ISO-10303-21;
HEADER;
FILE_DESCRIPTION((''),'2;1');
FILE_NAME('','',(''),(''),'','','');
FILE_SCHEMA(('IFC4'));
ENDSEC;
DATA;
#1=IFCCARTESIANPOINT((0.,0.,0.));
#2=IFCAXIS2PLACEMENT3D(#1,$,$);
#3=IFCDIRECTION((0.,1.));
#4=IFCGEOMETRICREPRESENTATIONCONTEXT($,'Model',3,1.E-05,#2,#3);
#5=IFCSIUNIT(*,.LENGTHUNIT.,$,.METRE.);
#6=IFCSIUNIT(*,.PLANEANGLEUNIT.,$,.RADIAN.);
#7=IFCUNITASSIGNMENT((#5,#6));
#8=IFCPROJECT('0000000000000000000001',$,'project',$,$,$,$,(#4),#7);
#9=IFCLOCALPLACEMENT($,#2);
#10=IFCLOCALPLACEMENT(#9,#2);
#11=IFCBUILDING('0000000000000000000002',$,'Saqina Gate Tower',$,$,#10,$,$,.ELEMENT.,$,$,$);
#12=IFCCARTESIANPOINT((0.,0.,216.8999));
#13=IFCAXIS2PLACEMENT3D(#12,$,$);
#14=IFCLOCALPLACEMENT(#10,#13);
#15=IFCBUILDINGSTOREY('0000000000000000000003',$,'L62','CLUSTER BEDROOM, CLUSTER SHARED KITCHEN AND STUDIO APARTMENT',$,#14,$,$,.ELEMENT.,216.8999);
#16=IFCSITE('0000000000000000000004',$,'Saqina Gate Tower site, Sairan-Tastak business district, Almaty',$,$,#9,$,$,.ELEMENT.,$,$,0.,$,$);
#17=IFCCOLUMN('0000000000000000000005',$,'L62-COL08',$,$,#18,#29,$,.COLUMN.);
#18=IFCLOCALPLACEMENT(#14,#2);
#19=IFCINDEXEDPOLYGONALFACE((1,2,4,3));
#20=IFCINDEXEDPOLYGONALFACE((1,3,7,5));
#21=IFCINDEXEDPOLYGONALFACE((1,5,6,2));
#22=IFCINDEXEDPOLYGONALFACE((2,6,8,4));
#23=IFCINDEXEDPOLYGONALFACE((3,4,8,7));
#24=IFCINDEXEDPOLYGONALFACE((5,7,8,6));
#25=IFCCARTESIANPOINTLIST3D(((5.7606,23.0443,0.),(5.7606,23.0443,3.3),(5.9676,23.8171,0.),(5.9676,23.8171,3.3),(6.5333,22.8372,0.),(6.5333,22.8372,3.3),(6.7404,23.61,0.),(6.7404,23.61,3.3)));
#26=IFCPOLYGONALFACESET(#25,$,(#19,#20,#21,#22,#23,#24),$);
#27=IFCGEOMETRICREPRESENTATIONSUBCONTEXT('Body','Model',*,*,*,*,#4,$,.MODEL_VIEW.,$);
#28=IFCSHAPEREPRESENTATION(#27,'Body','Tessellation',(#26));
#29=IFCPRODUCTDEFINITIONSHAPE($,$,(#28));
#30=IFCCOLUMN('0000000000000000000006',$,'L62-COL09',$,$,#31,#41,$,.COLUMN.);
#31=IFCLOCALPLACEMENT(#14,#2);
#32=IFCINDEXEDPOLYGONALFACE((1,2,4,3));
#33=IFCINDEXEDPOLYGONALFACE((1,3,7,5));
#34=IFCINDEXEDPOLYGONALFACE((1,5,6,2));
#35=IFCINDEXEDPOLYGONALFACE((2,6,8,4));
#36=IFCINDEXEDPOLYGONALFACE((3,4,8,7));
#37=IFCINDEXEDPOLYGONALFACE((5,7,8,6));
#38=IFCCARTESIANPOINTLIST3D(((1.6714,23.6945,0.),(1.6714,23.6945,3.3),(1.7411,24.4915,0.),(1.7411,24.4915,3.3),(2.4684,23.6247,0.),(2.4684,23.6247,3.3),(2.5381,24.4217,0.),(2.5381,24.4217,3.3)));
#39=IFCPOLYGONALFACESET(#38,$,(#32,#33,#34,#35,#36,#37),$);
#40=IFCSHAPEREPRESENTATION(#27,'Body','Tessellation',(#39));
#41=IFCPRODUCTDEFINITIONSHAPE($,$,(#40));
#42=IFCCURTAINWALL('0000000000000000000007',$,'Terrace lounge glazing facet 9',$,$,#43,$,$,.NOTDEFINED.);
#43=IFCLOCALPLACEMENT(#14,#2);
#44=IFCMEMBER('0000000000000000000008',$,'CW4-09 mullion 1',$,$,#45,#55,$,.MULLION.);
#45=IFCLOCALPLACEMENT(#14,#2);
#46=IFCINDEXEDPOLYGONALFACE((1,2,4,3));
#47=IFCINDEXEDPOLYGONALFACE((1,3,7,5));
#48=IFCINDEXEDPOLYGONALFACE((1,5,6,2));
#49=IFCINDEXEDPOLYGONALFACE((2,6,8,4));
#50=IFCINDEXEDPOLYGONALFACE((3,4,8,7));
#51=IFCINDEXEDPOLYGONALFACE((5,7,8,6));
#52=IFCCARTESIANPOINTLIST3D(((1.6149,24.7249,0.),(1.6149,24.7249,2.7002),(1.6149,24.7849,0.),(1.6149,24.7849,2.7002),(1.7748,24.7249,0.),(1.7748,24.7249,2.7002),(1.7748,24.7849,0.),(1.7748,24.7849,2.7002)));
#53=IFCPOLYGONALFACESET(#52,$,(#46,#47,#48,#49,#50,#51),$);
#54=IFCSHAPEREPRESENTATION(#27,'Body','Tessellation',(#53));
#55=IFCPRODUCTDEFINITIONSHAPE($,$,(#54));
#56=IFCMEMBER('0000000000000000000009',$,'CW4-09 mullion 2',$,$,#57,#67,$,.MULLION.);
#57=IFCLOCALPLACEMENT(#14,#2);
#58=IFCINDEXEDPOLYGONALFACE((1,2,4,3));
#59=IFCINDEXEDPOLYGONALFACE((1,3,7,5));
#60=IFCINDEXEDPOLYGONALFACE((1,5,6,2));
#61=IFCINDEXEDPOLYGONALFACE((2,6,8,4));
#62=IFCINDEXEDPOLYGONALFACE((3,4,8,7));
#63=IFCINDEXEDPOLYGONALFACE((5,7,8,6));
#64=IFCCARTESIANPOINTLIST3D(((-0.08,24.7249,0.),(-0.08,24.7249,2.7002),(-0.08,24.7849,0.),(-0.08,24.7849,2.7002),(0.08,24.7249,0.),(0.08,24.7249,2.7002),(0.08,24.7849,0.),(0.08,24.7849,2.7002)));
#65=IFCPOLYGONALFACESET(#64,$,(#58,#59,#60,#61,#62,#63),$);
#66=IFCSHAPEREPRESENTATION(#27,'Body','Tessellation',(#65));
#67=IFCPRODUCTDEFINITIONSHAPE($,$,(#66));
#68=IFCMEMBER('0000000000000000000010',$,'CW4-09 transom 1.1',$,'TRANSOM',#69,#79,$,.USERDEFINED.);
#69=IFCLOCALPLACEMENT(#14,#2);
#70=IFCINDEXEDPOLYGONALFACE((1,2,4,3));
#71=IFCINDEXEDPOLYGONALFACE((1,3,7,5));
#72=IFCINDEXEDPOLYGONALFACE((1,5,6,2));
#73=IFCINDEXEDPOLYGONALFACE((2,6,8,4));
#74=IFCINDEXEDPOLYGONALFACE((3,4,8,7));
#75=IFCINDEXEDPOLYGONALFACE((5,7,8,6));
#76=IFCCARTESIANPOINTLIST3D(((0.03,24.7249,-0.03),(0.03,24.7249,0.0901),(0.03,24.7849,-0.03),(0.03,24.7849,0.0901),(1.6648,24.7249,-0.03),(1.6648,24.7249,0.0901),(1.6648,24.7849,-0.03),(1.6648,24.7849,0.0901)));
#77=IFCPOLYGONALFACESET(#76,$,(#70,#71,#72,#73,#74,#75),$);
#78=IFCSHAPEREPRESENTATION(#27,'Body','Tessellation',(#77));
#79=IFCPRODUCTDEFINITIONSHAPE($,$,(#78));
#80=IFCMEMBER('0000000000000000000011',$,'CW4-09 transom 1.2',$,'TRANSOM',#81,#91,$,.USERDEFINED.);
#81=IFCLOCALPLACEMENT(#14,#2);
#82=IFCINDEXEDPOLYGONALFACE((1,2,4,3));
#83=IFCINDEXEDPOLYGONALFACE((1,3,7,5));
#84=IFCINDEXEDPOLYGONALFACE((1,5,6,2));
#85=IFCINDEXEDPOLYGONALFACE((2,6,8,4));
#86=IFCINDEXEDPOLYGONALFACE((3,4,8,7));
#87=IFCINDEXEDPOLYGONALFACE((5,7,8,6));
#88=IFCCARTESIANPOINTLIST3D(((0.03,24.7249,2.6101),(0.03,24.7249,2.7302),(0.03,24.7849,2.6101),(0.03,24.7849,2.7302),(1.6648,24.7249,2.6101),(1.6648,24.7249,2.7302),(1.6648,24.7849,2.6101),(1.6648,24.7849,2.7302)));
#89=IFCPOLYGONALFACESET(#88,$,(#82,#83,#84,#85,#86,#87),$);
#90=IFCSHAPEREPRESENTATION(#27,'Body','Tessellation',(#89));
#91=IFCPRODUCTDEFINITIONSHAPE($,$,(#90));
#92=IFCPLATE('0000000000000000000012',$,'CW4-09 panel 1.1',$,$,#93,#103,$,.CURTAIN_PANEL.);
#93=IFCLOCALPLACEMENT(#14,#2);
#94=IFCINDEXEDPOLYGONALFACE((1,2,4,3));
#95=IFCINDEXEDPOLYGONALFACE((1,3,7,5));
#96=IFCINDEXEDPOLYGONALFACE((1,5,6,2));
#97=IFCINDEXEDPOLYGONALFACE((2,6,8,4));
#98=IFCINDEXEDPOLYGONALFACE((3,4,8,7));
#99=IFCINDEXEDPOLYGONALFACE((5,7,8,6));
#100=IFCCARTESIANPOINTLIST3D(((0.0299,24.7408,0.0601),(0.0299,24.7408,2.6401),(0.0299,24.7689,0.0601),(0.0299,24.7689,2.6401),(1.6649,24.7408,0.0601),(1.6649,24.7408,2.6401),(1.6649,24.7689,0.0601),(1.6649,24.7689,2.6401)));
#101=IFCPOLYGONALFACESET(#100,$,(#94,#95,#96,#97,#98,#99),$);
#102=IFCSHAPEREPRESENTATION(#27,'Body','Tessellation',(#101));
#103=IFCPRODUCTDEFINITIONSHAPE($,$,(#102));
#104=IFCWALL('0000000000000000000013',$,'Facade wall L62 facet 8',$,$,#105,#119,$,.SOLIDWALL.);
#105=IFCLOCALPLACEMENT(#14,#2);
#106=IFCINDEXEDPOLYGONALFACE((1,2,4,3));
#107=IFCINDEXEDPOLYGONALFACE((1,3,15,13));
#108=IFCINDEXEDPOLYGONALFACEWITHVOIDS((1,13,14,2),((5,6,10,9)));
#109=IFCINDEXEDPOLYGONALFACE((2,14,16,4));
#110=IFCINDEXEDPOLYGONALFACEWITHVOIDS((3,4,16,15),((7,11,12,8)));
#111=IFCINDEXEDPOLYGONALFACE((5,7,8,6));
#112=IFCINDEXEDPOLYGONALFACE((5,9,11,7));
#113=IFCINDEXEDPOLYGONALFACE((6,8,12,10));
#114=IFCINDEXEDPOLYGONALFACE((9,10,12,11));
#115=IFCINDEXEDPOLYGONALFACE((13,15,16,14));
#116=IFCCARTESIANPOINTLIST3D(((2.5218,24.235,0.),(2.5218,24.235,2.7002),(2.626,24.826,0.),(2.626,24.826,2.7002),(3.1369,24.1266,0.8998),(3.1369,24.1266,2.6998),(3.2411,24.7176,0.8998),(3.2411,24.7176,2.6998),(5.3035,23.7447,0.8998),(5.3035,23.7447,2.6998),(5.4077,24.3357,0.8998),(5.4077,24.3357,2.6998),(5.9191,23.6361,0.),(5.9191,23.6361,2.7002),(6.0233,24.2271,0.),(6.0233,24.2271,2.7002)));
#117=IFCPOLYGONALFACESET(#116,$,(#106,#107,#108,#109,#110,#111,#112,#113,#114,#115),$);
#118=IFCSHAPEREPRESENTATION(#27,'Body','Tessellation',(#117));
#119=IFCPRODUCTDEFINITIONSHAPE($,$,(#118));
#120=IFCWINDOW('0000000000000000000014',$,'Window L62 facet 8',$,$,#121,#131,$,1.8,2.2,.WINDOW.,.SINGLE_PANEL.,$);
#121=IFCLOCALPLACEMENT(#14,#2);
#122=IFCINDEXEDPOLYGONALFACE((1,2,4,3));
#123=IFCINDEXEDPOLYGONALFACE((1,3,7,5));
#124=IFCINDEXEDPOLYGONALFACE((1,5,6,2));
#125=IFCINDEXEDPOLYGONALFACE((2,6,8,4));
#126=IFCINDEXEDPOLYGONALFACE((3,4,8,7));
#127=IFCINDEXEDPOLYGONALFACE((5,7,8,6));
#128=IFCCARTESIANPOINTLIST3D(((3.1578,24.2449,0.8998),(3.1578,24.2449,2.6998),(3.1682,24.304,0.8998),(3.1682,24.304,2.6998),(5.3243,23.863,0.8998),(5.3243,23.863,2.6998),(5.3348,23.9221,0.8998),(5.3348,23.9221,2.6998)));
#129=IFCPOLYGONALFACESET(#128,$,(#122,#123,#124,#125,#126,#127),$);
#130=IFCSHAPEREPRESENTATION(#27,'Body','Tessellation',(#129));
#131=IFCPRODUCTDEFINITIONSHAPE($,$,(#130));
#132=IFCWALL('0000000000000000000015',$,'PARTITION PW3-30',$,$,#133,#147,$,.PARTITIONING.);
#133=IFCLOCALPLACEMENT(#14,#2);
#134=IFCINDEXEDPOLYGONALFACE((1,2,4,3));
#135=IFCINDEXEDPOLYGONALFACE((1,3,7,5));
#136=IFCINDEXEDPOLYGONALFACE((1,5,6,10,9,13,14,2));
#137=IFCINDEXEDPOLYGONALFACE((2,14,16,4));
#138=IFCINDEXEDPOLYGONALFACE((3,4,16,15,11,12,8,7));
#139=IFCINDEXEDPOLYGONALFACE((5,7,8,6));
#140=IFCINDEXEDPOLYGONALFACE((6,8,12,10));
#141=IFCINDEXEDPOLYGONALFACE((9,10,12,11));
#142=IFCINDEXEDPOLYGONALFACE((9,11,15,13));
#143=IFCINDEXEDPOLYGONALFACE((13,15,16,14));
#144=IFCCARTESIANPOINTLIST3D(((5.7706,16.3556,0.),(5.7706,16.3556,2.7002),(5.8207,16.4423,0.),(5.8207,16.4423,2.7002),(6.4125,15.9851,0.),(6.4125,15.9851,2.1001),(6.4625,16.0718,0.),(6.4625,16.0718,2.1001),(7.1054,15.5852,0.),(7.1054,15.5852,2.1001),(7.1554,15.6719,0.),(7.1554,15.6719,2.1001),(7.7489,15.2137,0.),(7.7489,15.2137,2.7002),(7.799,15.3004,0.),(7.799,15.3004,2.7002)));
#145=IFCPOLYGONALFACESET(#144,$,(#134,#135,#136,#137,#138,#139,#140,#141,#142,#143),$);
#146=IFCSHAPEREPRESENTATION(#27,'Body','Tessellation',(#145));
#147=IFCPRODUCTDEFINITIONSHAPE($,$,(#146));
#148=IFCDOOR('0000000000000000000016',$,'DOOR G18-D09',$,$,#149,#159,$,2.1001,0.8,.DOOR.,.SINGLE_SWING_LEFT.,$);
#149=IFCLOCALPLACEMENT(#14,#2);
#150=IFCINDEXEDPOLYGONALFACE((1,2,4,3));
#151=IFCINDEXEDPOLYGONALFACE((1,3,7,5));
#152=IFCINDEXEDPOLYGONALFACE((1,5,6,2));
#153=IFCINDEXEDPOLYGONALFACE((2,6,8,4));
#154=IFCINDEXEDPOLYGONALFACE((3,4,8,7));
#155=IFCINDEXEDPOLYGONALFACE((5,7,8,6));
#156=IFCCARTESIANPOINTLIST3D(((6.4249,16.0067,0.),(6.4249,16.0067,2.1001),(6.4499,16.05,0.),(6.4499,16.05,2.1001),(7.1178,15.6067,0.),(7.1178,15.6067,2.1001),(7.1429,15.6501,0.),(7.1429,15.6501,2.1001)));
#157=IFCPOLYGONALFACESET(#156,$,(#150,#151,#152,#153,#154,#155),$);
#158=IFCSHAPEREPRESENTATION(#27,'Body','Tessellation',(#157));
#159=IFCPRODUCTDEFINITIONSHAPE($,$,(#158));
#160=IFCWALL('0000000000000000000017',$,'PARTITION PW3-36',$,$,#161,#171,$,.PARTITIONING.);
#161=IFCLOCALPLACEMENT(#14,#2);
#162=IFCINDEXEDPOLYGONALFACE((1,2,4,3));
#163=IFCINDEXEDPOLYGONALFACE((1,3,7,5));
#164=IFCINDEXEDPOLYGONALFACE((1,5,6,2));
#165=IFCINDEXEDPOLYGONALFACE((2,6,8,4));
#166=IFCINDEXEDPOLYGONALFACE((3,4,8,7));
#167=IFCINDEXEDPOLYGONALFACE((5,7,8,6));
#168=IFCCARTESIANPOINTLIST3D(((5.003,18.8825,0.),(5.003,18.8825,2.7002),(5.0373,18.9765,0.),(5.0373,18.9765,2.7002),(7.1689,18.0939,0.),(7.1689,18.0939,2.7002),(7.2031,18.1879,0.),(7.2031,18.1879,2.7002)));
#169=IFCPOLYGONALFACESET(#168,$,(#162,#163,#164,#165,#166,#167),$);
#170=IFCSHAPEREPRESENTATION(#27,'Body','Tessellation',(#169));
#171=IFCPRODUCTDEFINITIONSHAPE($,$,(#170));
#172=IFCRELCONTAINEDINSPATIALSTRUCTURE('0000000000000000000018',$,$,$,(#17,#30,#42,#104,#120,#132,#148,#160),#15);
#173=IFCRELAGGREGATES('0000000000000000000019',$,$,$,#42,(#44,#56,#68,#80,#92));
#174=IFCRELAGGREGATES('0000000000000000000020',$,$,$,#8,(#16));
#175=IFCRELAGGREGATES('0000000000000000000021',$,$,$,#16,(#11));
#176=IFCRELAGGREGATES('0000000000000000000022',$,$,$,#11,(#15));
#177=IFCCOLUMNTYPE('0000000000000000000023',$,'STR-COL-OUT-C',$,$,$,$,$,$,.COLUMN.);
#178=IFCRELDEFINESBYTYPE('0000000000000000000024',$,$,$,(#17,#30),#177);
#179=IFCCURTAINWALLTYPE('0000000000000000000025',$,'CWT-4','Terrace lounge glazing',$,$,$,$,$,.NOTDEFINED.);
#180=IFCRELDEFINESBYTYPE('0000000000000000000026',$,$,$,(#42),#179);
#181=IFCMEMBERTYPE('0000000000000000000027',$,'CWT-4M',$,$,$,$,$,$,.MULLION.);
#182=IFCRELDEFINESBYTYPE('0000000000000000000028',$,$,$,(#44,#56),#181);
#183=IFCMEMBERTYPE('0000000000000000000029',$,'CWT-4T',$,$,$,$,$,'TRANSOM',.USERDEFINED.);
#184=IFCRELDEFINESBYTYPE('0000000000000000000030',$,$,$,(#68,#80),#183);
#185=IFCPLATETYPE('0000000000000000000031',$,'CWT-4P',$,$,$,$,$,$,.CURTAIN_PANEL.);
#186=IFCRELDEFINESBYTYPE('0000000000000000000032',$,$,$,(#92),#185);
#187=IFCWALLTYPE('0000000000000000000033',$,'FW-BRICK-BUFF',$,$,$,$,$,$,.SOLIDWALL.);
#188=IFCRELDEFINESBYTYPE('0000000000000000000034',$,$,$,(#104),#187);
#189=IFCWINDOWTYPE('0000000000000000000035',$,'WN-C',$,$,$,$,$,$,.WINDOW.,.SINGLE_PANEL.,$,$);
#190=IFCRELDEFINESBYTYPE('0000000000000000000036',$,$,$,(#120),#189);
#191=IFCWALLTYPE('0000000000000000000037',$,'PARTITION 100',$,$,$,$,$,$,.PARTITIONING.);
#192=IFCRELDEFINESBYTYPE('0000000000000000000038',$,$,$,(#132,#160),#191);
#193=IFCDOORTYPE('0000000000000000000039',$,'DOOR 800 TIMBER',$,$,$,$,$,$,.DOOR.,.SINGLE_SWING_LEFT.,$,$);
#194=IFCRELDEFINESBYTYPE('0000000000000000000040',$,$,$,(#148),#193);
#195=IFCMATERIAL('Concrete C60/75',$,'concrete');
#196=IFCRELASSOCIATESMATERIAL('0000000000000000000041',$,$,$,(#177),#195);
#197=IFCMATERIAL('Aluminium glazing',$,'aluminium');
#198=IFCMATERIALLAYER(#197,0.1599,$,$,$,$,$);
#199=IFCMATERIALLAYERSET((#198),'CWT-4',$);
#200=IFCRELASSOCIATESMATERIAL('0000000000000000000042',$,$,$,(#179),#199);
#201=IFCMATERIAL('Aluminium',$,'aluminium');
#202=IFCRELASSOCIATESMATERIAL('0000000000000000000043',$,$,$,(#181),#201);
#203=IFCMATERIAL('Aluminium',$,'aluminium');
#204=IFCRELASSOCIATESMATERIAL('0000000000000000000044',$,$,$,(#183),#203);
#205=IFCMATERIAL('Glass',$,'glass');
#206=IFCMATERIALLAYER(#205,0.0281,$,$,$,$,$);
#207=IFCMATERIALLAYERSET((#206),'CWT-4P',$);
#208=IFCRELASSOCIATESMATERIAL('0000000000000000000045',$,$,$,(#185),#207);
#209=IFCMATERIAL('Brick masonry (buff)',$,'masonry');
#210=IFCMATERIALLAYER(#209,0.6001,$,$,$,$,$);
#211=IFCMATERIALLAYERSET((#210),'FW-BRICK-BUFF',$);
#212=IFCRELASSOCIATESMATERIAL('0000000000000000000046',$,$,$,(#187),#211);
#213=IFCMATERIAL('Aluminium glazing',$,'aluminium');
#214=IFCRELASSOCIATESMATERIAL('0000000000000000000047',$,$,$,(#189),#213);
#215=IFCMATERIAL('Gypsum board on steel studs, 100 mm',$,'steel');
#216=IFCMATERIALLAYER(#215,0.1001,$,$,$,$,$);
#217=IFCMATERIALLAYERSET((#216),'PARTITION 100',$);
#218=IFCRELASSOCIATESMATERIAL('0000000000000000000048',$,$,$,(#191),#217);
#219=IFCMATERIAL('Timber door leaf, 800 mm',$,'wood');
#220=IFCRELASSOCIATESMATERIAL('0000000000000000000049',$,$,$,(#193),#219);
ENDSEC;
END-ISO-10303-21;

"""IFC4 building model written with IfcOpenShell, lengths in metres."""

from ifc_helpers import new_model, si_unit, direction, frame, frame_2d, origin, origin_2d, place, context, subcontext, project, spatial, rectangle, extrude, material, layer, layer_set, material_profile, profile_set, type_object, element, fill, aggregate, save


model = new_model("IFC4")

# Units and contexts
model_context = context("Model", 3, precision=1e-05, world=origin(), true_north=direction((0.0, 1.0)))
body_context = subcontext(model_context, "Body", "Model", "MODEL_VIEW")
ifc_project = project(units=[si_unit("LENGTHUNIT", "METRE"), si_unit("PLANEANGLEUNIT", "RADIAN")], contexts=[model_context])

# Site, building, storey
site_placement = place(None, origin())
site = spatial("IfcSite", under=ifc_project, at=site_placement, Name="Saqina Gate Tower site, Sairan-Tastak business district, Almaty", CompositionType="ELEMENT", RefElevation=0.0)
building_placement = place(site_placement, origin())
building = spatial("IfcBuilding", under=site, at=building_placement, Name="Saqina Gate Tower", CompositionType="ELEMENT")
storey_placement = place(building_placement, frame((0.0, 0.0, 216.8999)))
storey = spatial("IfcBuildingStorey", under=building, at=storey_placement, Name="L62", Description="CLUSTER BEDROOM, CLUSTER SHARED KITCHEN AND STUDIO APARTMENT", CompositionType="ELEMENT", Elevation=216.8999)

# Columns
ifc_material_1 = material(Name="Concrete C60/75", Category="concrete")
ifc_material_profile_1 = material_profile(ifc_material_1, rectangle(XDim=0.8, YDim=0.8, at=origin_2d()), Name="RC 800x800")
ifc_profile_set_1 = profile_set([ifc_material_profile_1], Name="Concrete C60/75")
column_type = type_object("IfcColumnType", Name="STR-COL-OUT-C", PredefinedType="COLUMN", material=ifc_profile_set_1)
for number, where, z_axis, x_axis, name in (
    (1, (6.2505, 23.3271, 0.0), (0.0, 0.0, 1.0), (0.258819, 0.965926, 0.0), "L62-COL08"),
    (2, (2.1047, 24.0581, 0.0), (0.0, 0.0, 1.0), (0.087156, 0.996195, 0.0), "L62-COL09"),
):
    element("IfcColumn", number, at=place(storey_placement, frame(where, z_axis=z_axis, x_axis=x_axis)), inside=storey, type_object=column_type, Name=name, PredefinedType="COLUMN", context=body_context, shape_type="SweptSolid", body=[
        extrude(rectangle(XDim=0.8, YDim=0.8, at=origin_2d()), origin(), (0.0, 0.0, 1.0), 3.3),
    ])

# Curtain wall, members, plate
ifc_material_2 = material(Name="Aluminium glazing", Category="aluminium")
ifc_layer_1 = layer(ifc_material_2, 0.1599)
ifc_layer_set_1 = layer_set([ifc_layer_1], Name="CWT-4")
curtain_wall_type = type_object("IfcCurtainWallType", Name="CWT-4", Description="Terrace lounge glazing", PredefinedType="NOTDEFINED", material=ifc_layer_set_1)
curtain_wall_placement = place(storey_placement, origin())
curtain_wall = element("IfcCurtainWall", 3, at=curtain_wall_placement, inside=storey, type_object=curtain_wall_type, Name="Terrace lounge glazing facet 9", PredefinedType="NOTDEFINED")
ifc_material_3 = material(Name="Aluminium", Category="aluminium")
ifc_material_profile_2 = material_profile(ifc_material_3, rectangle(XDim=0.0601, YDim=0.1599, at=origin_2d()), Name="Aluminium 60x160")
ifc_profile_set_2 = profile_set([ifc_material_profile_2], Name="Aluminium")
member_type_1 = type_object("IfcMemberType", Name="CWT-4M", PredefinedType="MULLION", material=ifc_profile_set_2)
member_1_placement = place(storey_placement, frame((1.6948, 24.7549, 0.0), z_axis=(0.0, 0.0, 1.0), x_axis=(0.0, -1.0, 0.0)))
member_1 = element("IfcMember", 4, at=member_1_placement, type_object=member_type_1, Name="CW4-09 mullion 1", PredefinedType="MULLION", context=body_context, shape_type="SweptSolid", body=[
    extrude(rectangle(XDim=0.0601, YDim=0.1599, at=origin_2d()), origin(), (0.0, 0.0, 1.0), 2.7002),
])
member_2_placement = place(storey_placement, frame((0.0, 24.7549, 0.0), z_axis=(0.0, 0.0, 1.0), x_axis=(0.0, -1.0, 0.0)))
member_2 = element("IfcMember", 5, at=member_2_placement, type_object=member_type_1, Name="CW4-09 mullion 2", PredefinedType="MULLION", context=body_context, shape_type="SweptSolid", body=[
    extrude(rectangle(XDim=0.0601, YDim=0.1599, at=origin_2d()), origin(), (0.0, 0.0, 1.0), 2.7002),
])
ifc_material_4 = material(Name="Aluminium", Category="aluminium")
ifc_material_profile_3 = material_profile(ifc_material_4, rectangle(XDim=0.0601, YDim=0.1201, at=origin_2d()), Name="Aluminium 60x120")
ifc_profile_set_3 = profile_set([ifc_material_profile_3], Name="Aluminium")
member_type_2 = type_object("IfcMemberType", Name="CWT-4T", ElementType="TRANSOM", PredefinedType="USERDEFINED", material=ifc_profile_set_3)
member_3_placement = place(storey_placement, frame((1.6648, 24.7549, 0.03), z_axis=(-1.0, 0.0, 0.0), x_axis=(0.0, -1.0, 0.0)))
member_3 = element("IfcMember", 6, at=member_3_placement, type_object=member_type_2, Name="CW4-09 transom 1.1", ObjectType="TRANSOM", PredefinedType="USERDEFINED", context=body_context, shape_type="SweptSolid", body=[
    extrude(rectangle(XDim=0.0601, YDim=0.1201, at=origin_2d()), origin(), (0.0, 0.0, 1.0), 1.6348),
])
member_4_placement = place(storey_placement, frame((1.6648, 24.7549, 2.6702), z_axis=(-1.0, 0.0, 0.0), x_axis=(0.0, -1.0, 0.0)))
member_4 = element("IfcMember", 7, at=member_4_placement, type_object=member_type_2, Name="CW4-09 transom 1.2", ObjectType="TRANSOM", PredefinedType="USERDEFINED", context=body_context, shape_type="SweptSolid", body=[
    extrude(rectangle(XDim=0.0601, YDim=0.1201, at=origin_2d()), origin(), (0.0, 0.0, 1.0), 1.6348),
])
ifc_material_5 = material(Name="Glass", Category="glass")
ifc_layer_2 = layer(ifc_material_5, 0.0281)
ifc_layer_set_2 = layer_set([ifc_layer_2], Name="CWT-4P")
plate_type = type_object("IfcPlateType", Name="CWT-4P", PredefinedType="CURTAIN_PANEL", material=ifc_layer_set_2)
plate_placement = place(storey_placement, frame((0.8474, 24.7549, 0.0601), z_axis=(0.0, 0.0, 1.0), x_axis=(-1.0, 0.0, 0.0)))
plate = element("IfcPlate", 8, at=plate_placement, type_object=plate_type, Name="CW4-09 panel 1.1", PredefinedType="CURTAIN_PANEL", context=body_context, shape_type="SweptSolid", body=[
    extrude(rectangle(XDim=1.635, YDim=0.0281, at=origin_2d()), origin(), (0.0, 0.0, 1.0), 2.5801),
])
aggregate(curtain_wall, [member_1, member_2, member_3, member_4, plate])

# Wall, opening, window
ifc_material_6 = material(Name="Brick masonry (buff)", Category="masonry")
ifc_layer_3 = layer(ifc_material_6, 0.6001)
ifc_layer_set_3 = layer_set([ifc_layer_3], Name="FW-BRICK-BUFF")
wall_type_1 = type_object("IfcWallType", Name="FW-BRICK-BUFF", PredefinedType="SOLIDWALL", material=ifc_layer_set_3)
wall_1_placement = place(storey_placement, frame((5.9712, 23.9316, 0.0), z_axis=(0.0, 0.0, 1.0), x_axis=(-0.984815, 0.173608, 0.0)))
wall_1 = element("IfcWall", 9, at=wall_1_placement, inside=storey, type_object=wall_type_1, Name="Facade wall L62 facet 8", PredefinedType="SOLIDWALL", context=body_context, shape_type="SweptSolid", body=[
    extrude(rectangle(XDim=3.4497, YDim=0.6001, at=frame_2d((1.7249, 0.0))), origin(), (0.0, 0.0, 1.0), 2.7002),
])
opening_1_placement = place(wall_1_placement, frame((0.625, 0.0, 0.8999)))
opening_1 = element("IfcOpeningElement", 10, at=opening_1_placement, cuts=wall_1, PredefinedType="OPENING", context=body_context, shape_type="SweptSolid", body=[
    extrude(rectangle(XDim=2.2, YDim=1.8, at=frame_2d((1.1001, 0.8999))), frame((0.0, 0.312, 0.0), z_axis=(0.0, -1.0, 0.0), x_axis=(1.0, 0.0, 0.0)), (0.0, 0.0, 1.0), 0.624),
])
ifc_material_7 = material(Name="Aluminium glazing", Category="aluminium")
window_type = type_object("IfcWindowType", Name="WN-C", PartitioningType="SINGLE_PANEL", PredefinedType="WINDOW", material=ifc_material_7)
window_placement = place(opening_1_placement, origin())
window = element("IfcWindow", 11, at=window_placement, inside=storey, type_object=window_type, Name="Window L62 facet 8", OverallHeight=1.8, OverallWidth=2.2, PartitioningType="SINGLE_PANEL", PredefinedType="WINDOW", context=body_context, shape_type="SweptSolid", body=[
    extrude(rectangle(XDim=2.2, YDim=1.8, at=frame_2d((1.1001, 0.8999))), frame((0.0, 0.1799, 0.0), z_axis=(0.0, -1.0, 0.0), x_axis=(1.0, 0.0, 0.0)), (0.0, 0.0, 1.0), 0.0601),
])
fill(opening_1, window)

# Wall, opening, door
ifc_material_8 = material(Name="Gypsum board on steel studs, 100 mm", Category="steel")
ifc_layer_4 = layer(ifc_material_8, 0.1001)
ifc_layer_set_4 = layer_set([ifc_layer_4], Name="PARTITION 100")
wall_type_2 = type_object("IfcWallType", Name="PARTITION 100", PredefinedType="PARTITIONING", material=ifc_layer_set_4)
wall_2_placement = place(storey_placement, frame((5.7957, 16.3989, 0.0), z_axis=(0.0, 0.0, 1.0), x_axis=(0.866084, -0.499898, 0.0)))
wall_2 = element("IfcWall", 12, at=wall_2_placement, inside=storey, type_object=wall_type_2, Name="PARTITION PW3-30", PredefinedType="PARTITIONING", context=body_context, shape_type="SweptSolid", body=[
    extrude(rectangle(XDim=2.2842, YDim=0.1001, at=frame_2d((1.1421, 0.0))), origin(), (0.0, 0.0, 1.0), 2.7002),
])
opening_2_placement = place(wall_2_placement, frame((0.7412, 0.0, 0.0)))
opening_2 = element("IfcOpeningElement", 13, at=opening_2_placement, cuts=wall_2, PredefinedType="OPENING", context=body_context, shape_type="SweptSolid", body=[
    extrude(rectangle(XDim=0.8, YDim=2.1001, at=frame_2d((0.3999, 1.05))), frame((0.0, 0.062, 0.0), z_axis=(0.0, -1.0, 0.0), x_axis=(1.0, 0.0, 0.0)), (0.0, 0.0, 1.0), 0.124),
])
ifc_material_9 = material(Name="Timber door leaf, 800 mm", Category="wood")
door_type_1 = type_object("IfcDoorType", Name="DOOR 800 TIMBER", OperationType="SINGLE_SWING_LEFT", PredefinedType="DOOR", material=ifc_material_9)
door_1_placement = place(opening_2_placement, origin())
door_1 = element("IfcDoor", 14, at=door_1_placement, inside=storey, type_object=door_type_1, Name="DOOR G18-D09", OperationType="SINGLE_SWING_LEFT", OverallHeight=2.1001, OverallWidth=0.8, PredefinedType="DOOR", context=body_context, shape_type="SweptSolid", body=[
    extrude(rectangle(XDim=0.8, YDim=2.1001, at=frame_2d((0.3999, 1.05))), frame((0.0, 0.0249, 0.0), z_axis=(0.0, -1.0, 0.0), x_axis=(1.0, 0.0, 0.0)), (0.0, 0.0, 1.0), 0.05),
])
fill(opening_2, door_1)

# Wall
wall_3_placement = place(storey_placement, frame((5.0203, 18.9294, 0.0), z_axis=(0.0, 0.0, 1.0), x_axis=(0.939651, -0.342134, 0.0)))
element("IfcWall", 15, at=wall_3_placement, inside=storey, type_object=wall_type_2, Name="PARTITION PW3-36", PredefinedType="PARTITIONING", context=body_context, shape_type="SweptSolid", body=[
    extrude(rectangle(XDim=2.3049, YDim=0.1001, at=frame_2d((1.1523, 0.0))), origin(), (0.0, 0.0, 1.0), 2.7002),
])

save(model, "model.ifc")
